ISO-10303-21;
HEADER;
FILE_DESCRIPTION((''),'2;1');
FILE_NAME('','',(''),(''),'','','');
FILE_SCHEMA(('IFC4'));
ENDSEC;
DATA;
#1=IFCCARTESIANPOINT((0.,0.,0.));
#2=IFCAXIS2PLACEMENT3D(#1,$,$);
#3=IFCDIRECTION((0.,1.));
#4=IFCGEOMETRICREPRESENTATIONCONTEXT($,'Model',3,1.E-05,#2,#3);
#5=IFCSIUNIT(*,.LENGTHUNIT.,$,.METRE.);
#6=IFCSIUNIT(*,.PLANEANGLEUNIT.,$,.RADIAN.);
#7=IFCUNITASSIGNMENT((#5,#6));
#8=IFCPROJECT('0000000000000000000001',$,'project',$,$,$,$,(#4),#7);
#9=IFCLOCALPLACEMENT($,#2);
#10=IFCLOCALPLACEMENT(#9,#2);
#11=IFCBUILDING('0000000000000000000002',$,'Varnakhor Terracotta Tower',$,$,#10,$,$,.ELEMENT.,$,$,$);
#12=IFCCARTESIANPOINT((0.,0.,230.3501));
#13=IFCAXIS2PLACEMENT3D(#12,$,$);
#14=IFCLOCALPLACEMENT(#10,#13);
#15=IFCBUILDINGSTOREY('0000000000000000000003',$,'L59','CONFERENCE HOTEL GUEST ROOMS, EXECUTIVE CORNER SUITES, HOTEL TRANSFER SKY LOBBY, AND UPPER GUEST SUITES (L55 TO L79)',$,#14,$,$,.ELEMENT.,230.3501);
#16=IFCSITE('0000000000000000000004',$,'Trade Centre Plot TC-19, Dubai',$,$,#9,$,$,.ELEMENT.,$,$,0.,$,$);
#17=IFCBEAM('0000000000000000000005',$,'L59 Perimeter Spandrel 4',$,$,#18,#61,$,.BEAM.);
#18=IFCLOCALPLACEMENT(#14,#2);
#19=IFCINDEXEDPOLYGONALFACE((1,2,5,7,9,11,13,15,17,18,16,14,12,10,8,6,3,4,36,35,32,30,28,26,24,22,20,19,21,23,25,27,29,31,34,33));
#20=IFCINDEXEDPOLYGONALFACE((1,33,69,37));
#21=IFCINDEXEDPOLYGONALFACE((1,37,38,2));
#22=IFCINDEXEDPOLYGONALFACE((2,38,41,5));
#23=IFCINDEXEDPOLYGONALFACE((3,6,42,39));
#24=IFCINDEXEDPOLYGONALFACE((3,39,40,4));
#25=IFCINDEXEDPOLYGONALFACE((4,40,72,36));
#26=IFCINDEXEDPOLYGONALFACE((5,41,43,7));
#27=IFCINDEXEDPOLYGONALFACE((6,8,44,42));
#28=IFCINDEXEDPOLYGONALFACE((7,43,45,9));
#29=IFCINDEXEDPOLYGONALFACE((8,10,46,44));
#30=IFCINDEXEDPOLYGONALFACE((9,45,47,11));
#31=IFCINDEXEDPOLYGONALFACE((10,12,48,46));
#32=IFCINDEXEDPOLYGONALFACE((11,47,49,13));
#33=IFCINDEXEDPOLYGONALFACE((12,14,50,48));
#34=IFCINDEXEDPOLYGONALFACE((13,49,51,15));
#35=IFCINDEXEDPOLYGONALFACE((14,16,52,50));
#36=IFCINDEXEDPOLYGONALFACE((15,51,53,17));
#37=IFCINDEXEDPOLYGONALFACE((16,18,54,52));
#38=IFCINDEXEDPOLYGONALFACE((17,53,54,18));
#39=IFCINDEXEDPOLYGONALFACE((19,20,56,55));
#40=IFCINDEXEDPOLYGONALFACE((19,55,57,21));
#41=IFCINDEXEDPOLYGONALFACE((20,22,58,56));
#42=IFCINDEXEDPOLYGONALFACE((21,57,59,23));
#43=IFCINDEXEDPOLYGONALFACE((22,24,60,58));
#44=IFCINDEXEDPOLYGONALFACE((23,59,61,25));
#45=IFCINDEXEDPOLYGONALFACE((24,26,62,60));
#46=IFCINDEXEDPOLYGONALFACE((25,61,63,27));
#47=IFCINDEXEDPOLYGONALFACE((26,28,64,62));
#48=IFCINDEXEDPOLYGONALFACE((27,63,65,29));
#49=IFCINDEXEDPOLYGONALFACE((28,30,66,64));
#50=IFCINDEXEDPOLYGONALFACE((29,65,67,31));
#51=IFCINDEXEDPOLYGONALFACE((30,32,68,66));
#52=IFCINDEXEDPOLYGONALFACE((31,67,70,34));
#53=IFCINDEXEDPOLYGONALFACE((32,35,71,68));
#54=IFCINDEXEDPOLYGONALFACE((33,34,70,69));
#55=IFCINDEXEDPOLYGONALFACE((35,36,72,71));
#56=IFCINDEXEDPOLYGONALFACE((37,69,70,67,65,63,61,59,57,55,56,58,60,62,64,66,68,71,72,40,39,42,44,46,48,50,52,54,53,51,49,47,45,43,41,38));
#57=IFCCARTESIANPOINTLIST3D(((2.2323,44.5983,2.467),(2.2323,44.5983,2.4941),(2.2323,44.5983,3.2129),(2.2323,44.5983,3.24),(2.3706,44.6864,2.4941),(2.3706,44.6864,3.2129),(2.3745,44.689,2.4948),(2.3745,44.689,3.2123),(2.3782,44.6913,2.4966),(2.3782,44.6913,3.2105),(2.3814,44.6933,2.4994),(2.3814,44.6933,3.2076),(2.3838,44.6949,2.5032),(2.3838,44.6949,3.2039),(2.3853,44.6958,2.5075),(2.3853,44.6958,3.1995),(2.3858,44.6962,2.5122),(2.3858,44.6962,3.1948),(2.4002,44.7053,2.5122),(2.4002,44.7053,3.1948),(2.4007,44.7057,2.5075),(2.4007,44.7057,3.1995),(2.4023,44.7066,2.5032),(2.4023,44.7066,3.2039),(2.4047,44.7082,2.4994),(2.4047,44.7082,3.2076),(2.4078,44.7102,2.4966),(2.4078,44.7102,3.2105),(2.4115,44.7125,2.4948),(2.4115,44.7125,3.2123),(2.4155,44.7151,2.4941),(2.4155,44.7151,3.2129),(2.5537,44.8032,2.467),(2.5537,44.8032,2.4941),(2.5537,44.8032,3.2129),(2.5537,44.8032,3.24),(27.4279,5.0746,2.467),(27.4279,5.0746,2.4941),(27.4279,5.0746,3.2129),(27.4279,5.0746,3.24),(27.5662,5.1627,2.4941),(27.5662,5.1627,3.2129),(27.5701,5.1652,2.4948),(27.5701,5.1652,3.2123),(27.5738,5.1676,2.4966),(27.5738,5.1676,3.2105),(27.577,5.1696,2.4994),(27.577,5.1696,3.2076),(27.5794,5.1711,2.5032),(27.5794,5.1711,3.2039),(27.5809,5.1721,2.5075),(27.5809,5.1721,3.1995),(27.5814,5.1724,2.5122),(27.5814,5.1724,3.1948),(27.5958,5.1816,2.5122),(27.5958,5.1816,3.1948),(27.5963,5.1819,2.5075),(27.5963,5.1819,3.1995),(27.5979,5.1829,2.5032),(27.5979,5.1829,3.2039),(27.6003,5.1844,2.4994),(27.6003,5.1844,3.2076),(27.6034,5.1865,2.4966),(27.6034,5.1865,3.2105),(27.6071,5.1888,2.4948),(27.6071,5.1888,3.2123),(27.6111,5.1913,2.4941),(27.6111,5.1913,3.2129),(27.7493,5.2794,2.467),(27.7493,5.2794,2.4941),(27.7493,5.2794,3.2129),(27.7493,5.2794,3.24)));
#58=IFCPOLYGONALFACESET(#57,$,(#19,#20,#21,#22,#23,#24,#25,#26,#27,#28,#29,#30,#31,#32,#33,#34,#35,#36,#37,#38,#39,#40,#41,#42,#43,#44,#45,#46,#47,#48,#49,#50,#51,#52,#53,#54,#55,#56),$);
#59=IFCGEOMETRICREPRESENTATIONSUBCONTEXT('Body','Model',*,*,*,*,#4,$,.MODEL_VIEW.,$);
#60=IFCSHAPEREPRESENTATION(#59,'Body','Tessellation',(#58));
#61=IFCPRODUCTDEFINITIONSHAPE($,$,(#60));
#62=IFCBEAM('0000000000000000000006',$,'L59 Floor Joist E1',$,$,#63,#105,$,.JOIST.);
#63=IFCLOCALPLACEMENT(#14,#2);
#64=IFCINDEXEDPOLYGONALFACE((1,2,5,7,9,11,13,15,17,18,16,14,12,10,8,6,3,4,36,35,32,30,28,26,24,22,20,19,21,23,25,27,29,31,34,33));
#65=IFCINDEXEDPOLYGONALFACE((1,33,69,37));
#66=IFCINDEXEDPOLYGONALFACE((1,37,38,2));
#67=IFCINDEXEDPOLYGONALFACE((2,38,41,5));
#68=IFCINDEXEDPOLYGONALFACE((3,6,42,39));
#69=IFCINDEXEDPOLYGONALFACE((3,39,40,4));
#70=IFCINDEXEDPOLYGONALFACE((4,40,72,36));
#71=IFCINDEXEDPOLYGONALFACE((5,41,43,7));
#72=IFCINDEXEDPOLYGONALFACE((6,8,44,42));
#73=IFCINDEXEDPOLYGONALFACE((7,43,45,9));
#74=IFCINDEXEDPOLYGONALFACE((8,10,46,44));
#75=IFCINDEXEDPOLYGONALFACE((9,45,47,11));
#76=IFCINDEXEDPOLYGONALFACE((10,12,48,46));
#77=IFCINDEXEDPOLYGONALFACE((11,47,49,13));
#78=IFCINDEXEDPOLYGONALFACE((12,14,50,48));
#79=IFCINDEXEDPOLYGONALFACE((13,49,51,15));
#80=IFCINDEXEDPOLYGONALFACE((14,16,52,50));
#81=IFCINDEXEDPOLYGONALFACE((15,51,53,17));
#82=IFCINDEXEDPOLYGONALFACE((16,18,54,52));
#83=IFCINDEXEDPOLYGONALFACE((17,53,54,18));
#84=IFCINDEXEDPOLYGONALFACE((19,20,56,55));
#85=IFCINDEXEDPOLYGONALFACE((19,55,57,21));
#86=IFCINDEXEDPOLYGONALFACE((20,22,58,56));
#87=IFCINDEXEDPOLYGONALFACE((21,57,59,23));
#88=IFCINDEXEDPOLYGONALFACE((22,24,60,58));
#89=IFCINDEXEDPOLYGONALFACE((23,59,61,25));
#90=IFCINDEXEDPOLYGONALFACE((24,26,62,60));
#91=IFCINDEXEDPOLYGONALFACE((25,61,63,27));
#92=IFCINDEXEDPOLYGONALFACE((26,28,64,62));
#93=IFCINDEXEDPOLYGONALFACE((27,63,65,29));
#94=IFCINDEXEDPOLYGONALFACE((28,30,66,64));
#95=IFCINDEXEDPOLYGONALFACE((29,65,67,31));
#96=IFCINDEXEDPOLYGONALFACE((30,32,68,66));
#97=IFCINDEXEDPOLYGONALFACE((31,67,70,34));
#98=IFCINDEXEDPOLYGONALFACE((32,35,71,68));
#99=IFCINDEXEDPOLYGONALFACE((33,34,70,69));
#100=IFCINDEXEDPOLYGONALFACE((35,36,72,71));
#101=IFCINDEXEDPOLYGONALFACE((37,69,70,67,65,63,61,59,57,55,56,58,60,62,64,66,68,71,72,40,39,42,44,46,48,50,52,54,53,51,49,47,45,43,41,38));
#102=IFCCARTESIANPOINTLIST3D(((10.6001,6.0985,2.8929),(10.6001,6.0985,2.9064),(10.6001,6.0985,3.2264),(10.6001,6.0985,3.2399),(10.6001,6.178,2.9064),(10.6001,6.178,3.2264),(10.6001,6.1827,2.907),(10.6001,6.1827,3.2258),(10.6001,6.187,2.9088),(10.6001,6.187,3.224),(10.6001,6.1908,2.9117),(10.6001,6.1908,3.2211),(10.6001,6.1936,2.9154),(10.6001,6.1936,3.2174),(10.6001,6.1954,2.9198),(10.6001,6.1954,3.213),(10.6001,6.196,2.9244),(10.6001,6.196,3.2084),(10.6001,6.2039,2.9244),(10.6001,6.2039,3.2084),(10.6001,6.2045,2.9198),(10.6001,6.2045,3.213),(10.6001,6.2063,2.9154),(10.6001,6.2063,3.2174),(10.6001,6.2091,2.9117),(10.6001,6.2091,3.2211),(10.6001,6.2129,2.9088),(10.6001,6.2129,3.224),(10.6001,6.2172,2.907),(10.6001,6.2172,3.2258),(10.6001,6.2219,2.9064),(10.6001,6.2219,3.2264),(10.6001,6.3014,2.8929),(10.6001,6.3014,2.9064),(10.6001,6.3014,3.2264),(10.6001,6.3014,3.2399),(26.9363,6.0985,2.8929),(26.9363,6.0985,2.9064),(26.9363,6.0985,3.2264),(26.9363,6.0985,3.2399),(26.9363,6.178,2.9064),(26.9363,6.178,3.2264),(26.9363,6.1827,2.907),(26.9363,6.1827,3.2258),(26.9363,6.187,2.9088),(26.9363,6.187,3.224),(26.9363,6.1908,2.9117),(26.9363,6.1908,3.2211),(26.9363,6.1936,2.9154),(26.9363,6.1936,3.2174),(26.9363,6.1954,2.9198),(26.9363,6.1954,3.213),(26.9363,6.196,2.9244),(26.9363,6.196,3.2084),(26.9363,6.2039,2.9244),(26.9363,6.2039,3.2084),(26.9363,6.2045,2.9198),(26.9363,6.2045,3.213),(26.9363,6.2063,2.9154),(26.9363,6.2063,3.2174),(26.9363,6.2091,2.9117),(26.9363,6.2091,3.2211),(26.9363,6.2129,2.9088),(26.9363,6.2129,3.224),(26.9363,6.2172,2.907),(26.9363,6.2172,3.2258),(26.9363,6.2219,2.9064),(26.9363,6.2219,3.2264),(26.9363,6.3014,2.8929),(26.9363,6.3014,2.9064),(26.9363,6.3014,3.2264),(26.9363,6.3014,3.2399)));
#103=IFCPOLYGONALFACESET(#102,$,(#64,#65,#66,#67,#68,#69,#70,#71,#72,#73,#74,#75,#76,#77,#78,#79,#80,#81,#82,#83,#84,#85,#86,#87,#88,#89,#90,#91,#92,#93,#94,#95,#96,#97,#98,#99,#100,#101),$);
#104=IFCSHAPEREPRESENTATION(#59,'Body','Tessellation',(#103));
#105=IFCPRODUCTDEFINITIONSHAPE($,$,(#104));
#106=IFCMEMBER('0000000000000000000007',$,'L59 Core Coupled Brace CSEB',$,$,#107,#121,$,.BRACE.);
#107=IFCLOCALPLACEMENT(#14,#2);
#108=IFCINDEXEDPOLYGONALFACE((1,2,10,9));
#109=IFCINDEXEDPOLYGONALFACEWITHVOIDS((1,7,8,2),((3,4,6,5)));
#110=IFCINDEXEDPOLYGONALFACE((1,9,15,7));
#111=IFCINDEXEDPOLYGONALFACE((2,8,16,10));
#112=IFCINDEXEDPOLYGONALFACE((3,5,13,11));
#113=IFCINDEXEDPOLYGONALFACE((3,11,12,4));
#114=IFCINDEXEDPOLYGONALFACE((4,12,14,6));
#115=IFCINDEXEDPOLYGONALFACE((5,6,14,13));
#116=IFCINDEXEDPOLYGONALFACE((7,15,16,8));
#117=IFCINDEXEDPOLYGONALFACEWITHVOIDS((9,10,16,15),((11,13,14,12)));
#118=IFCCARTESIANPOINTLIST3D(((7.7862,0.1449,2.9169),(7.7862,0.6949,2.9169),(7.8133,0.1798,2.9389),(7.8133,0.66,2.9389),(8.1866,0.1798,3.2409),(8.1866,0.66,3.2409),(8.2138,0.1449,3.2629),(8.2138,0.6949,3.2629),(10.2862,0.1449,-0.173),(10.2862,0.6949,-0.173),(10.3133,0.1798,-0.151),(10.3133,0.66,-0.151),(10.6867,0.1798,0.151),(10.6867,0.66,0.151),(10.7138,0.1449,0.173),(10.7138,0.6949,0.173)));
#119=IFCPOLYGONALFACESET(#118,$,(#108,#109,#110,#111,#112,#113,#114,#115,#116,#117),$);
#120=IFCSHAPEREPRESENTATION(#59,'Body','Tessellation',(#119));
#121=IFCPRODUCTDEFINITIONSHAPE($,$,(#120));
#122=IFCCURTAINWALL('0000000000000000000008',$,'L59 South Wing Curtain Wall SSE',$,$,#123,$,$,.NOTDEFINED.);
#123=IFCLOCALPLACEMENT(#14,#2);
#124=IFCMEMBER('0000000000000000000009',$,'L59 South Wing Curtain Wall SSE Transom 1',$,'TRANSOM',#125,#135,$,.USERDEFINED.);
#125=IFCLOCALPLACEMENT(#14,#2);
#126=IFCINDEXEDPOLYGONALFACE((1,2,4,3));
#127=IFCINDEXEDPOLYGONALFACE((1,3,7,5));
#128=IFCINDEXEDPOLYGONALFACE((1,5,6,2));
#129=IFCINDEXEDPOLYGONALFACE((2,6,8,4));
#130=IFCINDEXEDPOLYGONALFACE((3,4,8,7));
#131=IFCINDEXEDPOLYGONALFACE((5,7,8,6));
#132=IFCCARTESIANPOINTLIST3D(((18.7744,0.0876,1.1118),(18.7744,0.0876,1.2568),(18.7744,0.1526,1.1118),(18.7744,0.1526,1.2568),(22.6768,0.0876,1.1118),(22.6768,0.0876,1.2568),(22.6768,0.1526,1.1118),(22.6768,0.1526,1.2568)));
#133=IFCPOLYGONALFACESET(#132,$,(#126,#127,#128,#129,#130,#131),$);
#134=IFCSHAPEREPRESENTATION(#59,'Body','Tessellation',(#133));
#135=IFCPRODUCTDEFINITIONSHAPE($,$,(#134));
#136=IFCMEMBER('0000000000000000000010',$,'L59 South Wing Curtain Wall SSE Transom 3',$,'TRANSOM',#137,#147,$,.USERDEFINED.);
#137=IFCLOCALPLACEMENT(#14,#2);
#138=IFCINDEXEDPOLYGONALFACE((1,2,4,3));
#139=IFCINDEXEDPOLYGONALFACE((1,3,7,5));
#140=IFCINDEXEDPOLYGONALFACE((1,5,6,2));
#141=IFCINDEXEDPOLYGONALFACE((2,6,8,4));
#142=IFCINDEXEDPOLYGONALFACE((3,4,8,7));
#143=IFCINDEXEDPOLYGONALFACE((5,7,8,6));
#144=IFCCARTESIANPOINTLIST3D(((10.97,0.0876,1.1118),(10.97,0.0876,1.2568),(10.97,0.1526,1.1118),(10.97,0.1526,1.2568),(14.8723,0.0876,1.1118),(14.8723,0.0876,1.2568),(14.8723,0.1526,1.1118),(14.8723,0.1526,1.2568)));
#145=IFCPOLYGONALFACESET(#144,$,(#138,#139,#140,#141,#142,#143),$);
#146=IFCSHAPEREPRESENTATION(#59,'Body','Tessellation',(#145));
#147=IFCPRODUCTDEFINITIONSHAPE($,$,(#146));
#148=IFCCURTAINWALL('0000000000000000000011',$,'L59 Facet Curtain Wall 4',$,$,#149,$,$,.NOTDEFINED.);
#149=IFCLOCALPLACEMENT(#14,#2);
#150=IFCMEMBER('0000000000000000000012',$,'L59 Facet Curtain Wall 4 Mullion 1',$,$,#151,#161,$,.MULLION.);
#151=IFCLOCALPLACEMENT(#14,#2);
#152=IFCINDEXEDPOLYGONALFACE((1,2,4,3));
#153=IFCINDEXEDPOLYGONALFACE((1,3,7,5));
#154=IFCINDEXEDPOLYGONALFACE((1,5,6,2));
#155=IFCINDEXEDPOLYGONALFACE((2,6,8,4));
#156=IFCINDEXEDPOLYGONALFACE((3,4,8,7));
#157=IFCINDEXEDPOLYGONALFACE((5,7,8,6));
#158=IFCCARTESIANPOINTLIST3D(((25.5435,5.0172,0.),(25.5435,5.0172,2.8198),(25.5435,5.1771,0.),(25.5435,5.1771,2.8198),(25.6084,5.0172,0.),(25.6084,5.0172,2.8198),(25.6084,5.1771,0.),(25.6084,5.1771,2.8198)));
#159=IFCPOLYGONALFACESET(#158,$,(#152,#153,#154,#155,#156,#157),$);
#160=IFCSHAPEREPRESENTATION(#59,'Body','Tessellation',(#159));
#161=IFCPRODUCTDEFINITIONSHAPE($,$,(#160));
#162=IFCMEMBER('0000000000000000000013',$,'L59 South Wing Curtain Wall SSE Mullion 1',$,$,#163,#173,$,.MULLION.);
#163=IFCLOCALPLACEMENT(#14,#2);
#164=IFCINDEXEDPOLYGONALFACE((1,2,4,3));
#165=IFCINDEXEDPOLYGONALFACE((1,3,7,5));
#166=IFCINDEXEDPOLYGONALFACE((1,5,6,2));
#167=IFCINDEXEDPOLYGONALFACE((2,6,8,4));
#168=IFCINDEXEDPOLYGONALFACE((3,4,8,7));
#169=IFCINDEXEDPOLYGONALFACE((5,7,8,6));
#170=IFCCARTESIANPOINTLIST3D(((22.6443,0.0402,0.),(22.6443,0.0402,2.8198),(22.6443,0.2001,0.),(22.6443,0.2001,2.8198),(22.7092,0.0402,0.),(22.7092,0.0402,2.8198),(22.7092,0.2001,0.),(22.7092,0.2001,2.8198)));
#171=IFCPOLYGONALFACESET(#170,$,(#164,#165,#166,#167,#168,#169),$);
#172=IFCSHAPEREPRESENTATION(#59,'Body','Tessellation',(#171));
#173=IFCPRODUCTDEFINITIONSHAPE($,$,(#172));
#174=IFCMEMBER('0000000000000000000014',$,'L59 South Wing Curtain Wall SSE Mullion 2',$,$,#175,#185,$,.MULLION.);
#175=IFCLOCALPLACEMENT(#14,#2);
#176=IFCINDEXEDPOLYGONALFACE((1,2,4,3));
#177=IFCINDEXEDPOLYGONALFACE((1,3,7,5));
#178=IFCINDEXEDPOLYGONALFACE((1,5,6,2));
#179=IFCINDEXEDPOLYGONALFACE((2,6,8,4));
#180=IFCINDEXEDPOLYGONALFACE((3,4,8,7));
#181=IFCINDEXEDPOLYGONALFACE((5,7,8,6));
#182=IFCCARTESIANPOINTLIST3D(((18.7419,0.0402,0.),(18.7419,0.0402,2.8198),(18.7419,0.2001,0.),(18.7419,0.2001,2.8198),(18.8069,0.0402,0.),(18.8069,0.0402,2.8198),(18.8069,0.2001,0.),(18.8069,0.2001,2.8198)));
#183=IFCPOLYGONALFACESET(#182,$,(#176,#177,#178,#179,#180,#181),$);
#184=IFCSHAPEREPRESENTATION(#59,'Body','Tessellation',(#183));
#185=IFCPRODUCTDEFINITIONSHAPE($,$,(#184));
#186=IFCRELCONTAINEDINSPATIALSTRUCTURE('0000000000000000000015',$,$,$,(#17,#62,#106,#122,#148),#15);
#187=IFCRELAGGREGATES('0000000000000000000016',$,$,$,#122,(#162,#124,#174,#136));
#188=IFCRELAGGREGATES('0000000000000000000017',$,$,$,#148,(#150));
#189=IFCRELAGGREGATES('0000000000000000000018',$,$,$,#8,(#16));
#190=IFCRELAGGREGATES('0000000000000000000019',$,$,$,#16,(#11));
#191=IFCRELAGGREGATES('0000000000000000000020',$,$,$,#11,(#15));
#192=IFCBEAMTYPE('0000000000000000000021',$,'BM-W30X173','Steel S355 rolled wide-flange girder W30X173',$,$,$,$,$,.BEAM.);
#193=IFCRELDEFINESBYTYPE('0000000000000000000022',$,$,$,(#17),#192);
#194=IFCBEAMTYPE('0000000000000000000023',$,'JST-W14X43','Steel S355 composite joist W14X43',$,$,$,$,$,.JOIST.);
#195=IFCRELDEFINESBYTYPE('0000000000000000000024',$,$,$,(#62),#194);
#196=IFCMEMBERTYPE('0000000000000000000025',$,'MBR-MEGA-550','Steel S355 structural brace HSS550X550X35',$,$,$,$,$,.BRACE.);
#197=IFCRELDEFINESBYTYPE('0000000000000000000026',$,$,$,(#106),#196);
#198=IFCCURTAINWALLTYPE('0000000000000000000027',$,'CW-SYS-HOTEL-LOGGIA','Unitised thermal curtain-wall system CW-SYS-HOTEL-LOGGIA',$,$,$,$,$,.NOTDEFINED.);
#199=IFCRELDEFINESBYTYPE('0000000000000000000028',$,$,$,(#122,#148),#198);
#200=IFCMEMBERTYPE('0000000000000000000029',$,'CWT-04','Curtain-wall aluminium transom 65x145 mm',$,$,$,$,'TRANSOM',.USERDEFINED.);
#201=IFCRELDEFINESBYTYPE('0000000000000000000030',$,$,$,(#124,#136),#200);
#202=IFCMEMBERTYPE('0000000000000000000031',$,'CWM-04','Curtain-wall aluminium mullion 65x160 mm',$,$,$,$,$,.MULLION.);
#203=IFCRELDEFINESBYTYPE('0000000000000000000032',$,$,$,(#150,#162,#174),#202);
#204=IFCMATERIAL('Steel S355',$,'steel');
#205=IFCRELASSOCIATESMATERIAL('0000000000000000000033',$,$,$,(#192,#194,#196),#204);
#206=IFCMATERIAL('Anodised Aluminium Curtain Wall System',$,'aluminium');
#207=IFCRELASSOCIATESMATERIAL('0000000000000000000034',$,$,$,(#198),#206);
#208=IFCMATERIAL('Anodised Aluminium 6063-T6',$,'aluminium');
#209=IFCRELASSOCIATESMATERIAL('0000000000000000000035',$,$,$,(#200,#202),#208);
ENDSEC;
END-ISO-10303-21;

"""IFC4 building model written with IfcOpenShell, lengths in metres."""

from ifc_helpers import new_model, si_unit, direction, frame, origin, origin_2d, place, context, subcontext, project, spatial, rectangle, hollow_rectangle, i_section, extrude, source, transform, mapped, material, material_profile, profile_set, type_object, element, aggregate, save


model = new_model("IFC4")

# Units and contexts
model_context = context("Model", 3, precision=1e-05, world=origin(), true_north=direction((0.0, 1.0)))
body_context = subcontext(model_context, "Body", "Model", "MODEL_VIEW")
ifc_project = project(units=[si_unit("LENGTHUNIT", "METRE"), si_unit("PLANEANGLEUNIT", "RADIAN")], contexts=[model_context])

# Site, building, storey
site_placement = place(None, origin())
site = spatial("IfcSite", under=ifc_project, at=site_placement, Name="Trade Centre Plot TC-19, Dubai", CompositionType="ELEMENT", RefElevation=0.0)
building_placement = place(site_placement, origin())
building = spatial("IfcBuilding", under=site, at=building_placement, Name="Varnakhor Terracotta Tower", CompositionType="ELEMENT")
storey_placement = place(building_placement, frame((0.0, 0.0, 230.3501)))
storey = spatial("IfcBuildingStorey", under=building, at=storey_placement, Name="L59", Description="CONFERENCE HOTEL GUEST ROOMS, EXECUTIVE CORNER SUITES, HOTEL TRANSFER SKY LOBBY, AND UPPER GUEST SUITES (L55 TO L79)", CompositionType="ELEMENT", Elevation=230.3501)

# Beams
ifc_material_1 = material(Name="Steel S355", Category="steel")
ifc_material_profile_1 = material_profile(ifc_material_1, i_section(OverallWidth=0.3811, OverallDepth=0.7729, WebThickness=0.0171, FlangeThickness=0.0271, FilletRadius=0.0181, at=origin_2d()), Name="W30X173")
ifc_profile_set_1 = profile_set([ifc_material_profile_1], Name="Steel S355")
beam_type_1 = type_object("IfcBeamType", Name="BM-W30X173", Description="Steel S355 rolled wide-flange girder W30X173", PredefinedType="BEAM", material=ifc_profile_set_1)
shared_shape_1 = source(origin(), body_context, "Body", "SweptSolid", [
    extrude(i_section(OverallWidth=0.3811, OverallDepth=0.7729, WebThickness=0.0171, FlangeThickness=0.0271, FilletRadius=0.0181, at=origin_2d()), origin(), (0.0, 0.0, 1.0), 46.8716),
])
beam_1_placement = place(storey_placement, frame((27.5886, 5.177, 2.8535), z_axis=(-0.537545, 0.843235, 0.0), x_axis=(-0.843235, -0.537545, 0.0)))
element("IfcBeam", 1, at=beam_1_placement, inside=storey, type_object=beam_type_1, Name="L59 Perimeter Spandrel 4", PredefinedType="BEAM", context=body_context, shape_type="MappedRepresentation", body=[
    mapped(shared_shape_1, transform((0.0, 0.0, 0.0), scale=1.0)),
])
ifc_material_profile_2 = material_profile(ifc_material_1, i_section(OverallWidth=0.2029, OverallDepth=0.3469, WebThickness=0.0078, FlangeThickness=0.0134, FilletRadius=0.0181, at=origin_2d()), Name="W14X43")
ifc_profile_set_2 = profile_set([ifc_material_profile_2], Name="Steel S355")
beam_type_2 = type_object("IfcBeamType", Name="JST-W14X43", Description="Steel S355 composite joist W14X43", PredefinedType="JOIST", material=ifc_profile_set_2)
shared_shape_2 = source(origin(), body_context, "Body", "SweptSolid", [
    extrude(i_section(OverallWidth=0.2029, OverallDepth=0.3469, WebThickness=0.0078, FlangeThickness=0.0134, FilletRadius=0.0181, at=origin_2d()), origin(), (0.0, 0.0, 1.0), 16.3362),
])
beam_2_placement = place(storey_placement, frame((10.6001, 6.2, 3.0664), z_axis=(1.0, 0.0, 0.0), x_axis=(0.0, 1.0, 0.0)))
element("IfcBeam", 2, at=beam_2_placement, inside=storey, type_object=beam_type_2, Name="L59 Floor Joist E1", PredefinedType="JOIST", context=body_context, shape_type="MappedRepresentation", body=[
    mapped(shared_shape_2, transform((0.0, 0.0, 0.0), scale=1.0)),
])

# Member
ifc_material_profile_3 = material_profile(ifc_material_1, hollow_rectangle(XDim=0.55, YDim=0.55, WallThickness=0.0349, at=origin_2d()), Name="HSS550X550X35")
ifc_profile_set_3 = profile_set([ifc_material_profile_3], Name="Steel S355")
member_type_1 = type_object("IfcMemberType", Name="MBR-MEGA-550", Description="Steel S355 structural brace HSS550X550X35", PredefinedType="BRACE", material=ifc_profile_set_3)
shared_shape_3 = source(origin(), body_context, "Body", "SweptSolid", [
    extrude(hollow_rectangle(XDim=0.55, YDim=0.55, WallThickness=0.0349, at=origin_2d()), origin(), (0.0, 0.0, 1.0), 3.9746),
])
member_1_placement = place(storey_placement, frame((10.5, 0.4199, 0.0), z_axis=(-0.629, 0.0, 0.777405), x_axis=(0.0, -1.0, 0.0)))
element("IfcMember", 3, at=member_1_placement, inside=storey, type_object=member_type_1, Name="L59 Core Coupled Brace CSEB", PredefinedType="BRACE", context=body_context, shape_type="MappedRepresentation", body=[
    mapped(shared_shape_3, transform((0.0, 0.0, 0.0), scale=1.0)),
])

# Curtain wall, members
ifc_material_2 = material(Name="Anodised Aluminium Curtain Wall System", Category="aluminium")
curtain_wall_type = type_object("IfcCurtainWallType", Name="CW-SYS-HOTEL-LOGGIA", Description="Unitised thermal curtain-wall system CW-SYS-HOTEL-LOGGIA", PredefinedType="NOTDEFINED", material=ifc_material_2)
curtain_wall_1_placement = place(storey_placement, origin())
curtain_wall_1 = element("IfcCurtainWall", 4, at=curtain_wall_1_placement, inside=storey, type_object=curtain_wall_type, Name="L59 South Wing Curtain Wall SSE", PredefinedType="NOTDEFINED")
ifc_material_3 = material(Name="Anodised Aluminium 6063-T6", Category="aluminium")
ifc_material_profile_4 = material_profile(ifc_material_3, rectangle(XDim=0.0649, YDim=0.145, at=origin_2d()), Name="ALU TRANSOM 65x145")
ifc_profile_set_4 = profile_set([ifc_material_profile_4], Name="Anodised Aluminium 6063-T6")
member_type_2 = type_object("IfcMemberType", Name="CWT-04", Description="Curtain-wall aluminium transom 65x145 mm", ElementType="TRANSOM", PredefinedType="USERDEFINED", material=ifc_profile_set_4)
shared_shape_4 = source(origin(), body_context, "Body", "SweptSolid", [
    extrude(rectangle(XDim=0.0649, YDim=0.145, at=origin_2d()), origin(), (0.0, 0.0, 1.0), 3.9023),
])
member_2_placement = place(storey_placement, frame((22.6768, 0.1201, 1.1843), z_axis=(-1.0, 0.0, 0.0), x_axis=(0.0, -1.0, 0.0)))
member_2 = element("IfcMember", 5, at=member_2_placement, type_object=member_type_2, Name="L59 South Wing Curtain Wall SSE Transom 1", ObjectType="TRANSOM", PredefinedType="USERDEFINED", context=body_context, shape_type="MappedRepresentation", body=[
    mapped(shared_shape_4, transform((0.0, 0.0, 0.0), scale=1.0)),
])
member_3_placement = place(storey_placement, frame((14.8723, 0.1201, 1.1843), z_axis=(-1.0, 0.0, 0.0), x_axis=(0.0, -1.0, 0.0)))
member_3 = element("IfcMember", 6, at=member_3_placement, type_object=member_type_2, Name="L59 South Wing Curtain Wall SSE Transom 3", ObjectType="TRANSOM", PredefinedType="USERDEFINED", context=body_context, shape_type="MappedRepresentation", body=[
    mapped(shared_shape_4, transform((0.0, 0.0, 0.0), scale=1.0)),
])

# Curtain wall, member
curtain_wall_2_placement = place(storey_placement, origin())
curtain_wall_2 = element("IfcCurtainWall", 7, at=curtain_wall_2_placement, inside=storey, type_object=curtain_wall_type, Name="L59 Facet Curtain Wall 4", PredefinedType="NOTDEFINED")
ifc_material_profile_5 = material_profile(ifc_material_3, rectangle(XDim=0.0649, YDim=0.1599, at=origin_2d()), Name="ALU MULLION 65x160")
ifc_profile_set_5 = profile_set([ifc_material_profile_5], Name="Anodised Aluminium 6063-T6")
member_type_3 = type_object("IfcMemberType", Name="CWM-04", Description="Curtain-wall aluminium mullion 65x160 mm", PredefinedType="MULLION", material=ifc_profile_set_5)
shared_shape_5 = source(origin(), body_context, "Body", "SweptSolid", [
    extrude(rectangle(XDim=0.0649, YDim=0.1599, at=origin_2d()), origin(), (0.0, 0.0, 1.0), 2.8198),
])
member_4_placement = place(storey_placement, frame((25.5759, 5.0972, 0.0), z_axis=(0.0, 0.0, 1.0), x_axis=(1.0, 0.0, 0.0)))
member_4 = element("IfcMember", 8, at=member_4_placement, type_object=member_type_3, Name="L59 Facet Curtain Wall 4 Mullion 1", PredefinedType="MULLION", context=body_context, shape_type="MappedRepresentation", body=[
    mapped(shared_shape_5, transform((0.0, 0.0, 0.0), scale=1.0)),
])

# Members
member_5_placement = place(storey_placement, frame((22.6768, 0.1201, 0.0), z_axis=(0.0, 0.0, 1.0), x_axis=(1.0, 0.0, 0.0)))
member_5 = element("IfcMember", 9, at=member_5_placement, type_object=member_type_3, Name="L59 South Wing Curtain Wall SSE Mullion 1", PredefinedType="MULLION", context=body_context, shape_type="MappedRepresentation", body=[
    mapped(shared_shape_5, transform((0.0, 0.0, 0.0), scale=1.0)),
])
member_6_placement = place(storey_placement, frame((18.7744, 0.1201, 0.0), z_axis=(0.0, 0.0, 1.0), x_axis=(1.0, 0.0, 0.0)))
member_6 = element("IfcMember", 10, at=member_6_placement, type_object=member_type_3, Name="L59 South Wing Curtain Wall SSE Mullion 2", PredefinedType="MULLION", context=body_context, shape_type="MappedRepresentation", body=[
    mapped(shared_shape_5, transform((0.0, 0.0, 0.0), scale=1.0)),
])

aggregate(curtain_wall_1, [member_5, member_2, member_6, member_3])

aggregate(curtain_wall_2, [member_4])

save(model, "model.ifc")
